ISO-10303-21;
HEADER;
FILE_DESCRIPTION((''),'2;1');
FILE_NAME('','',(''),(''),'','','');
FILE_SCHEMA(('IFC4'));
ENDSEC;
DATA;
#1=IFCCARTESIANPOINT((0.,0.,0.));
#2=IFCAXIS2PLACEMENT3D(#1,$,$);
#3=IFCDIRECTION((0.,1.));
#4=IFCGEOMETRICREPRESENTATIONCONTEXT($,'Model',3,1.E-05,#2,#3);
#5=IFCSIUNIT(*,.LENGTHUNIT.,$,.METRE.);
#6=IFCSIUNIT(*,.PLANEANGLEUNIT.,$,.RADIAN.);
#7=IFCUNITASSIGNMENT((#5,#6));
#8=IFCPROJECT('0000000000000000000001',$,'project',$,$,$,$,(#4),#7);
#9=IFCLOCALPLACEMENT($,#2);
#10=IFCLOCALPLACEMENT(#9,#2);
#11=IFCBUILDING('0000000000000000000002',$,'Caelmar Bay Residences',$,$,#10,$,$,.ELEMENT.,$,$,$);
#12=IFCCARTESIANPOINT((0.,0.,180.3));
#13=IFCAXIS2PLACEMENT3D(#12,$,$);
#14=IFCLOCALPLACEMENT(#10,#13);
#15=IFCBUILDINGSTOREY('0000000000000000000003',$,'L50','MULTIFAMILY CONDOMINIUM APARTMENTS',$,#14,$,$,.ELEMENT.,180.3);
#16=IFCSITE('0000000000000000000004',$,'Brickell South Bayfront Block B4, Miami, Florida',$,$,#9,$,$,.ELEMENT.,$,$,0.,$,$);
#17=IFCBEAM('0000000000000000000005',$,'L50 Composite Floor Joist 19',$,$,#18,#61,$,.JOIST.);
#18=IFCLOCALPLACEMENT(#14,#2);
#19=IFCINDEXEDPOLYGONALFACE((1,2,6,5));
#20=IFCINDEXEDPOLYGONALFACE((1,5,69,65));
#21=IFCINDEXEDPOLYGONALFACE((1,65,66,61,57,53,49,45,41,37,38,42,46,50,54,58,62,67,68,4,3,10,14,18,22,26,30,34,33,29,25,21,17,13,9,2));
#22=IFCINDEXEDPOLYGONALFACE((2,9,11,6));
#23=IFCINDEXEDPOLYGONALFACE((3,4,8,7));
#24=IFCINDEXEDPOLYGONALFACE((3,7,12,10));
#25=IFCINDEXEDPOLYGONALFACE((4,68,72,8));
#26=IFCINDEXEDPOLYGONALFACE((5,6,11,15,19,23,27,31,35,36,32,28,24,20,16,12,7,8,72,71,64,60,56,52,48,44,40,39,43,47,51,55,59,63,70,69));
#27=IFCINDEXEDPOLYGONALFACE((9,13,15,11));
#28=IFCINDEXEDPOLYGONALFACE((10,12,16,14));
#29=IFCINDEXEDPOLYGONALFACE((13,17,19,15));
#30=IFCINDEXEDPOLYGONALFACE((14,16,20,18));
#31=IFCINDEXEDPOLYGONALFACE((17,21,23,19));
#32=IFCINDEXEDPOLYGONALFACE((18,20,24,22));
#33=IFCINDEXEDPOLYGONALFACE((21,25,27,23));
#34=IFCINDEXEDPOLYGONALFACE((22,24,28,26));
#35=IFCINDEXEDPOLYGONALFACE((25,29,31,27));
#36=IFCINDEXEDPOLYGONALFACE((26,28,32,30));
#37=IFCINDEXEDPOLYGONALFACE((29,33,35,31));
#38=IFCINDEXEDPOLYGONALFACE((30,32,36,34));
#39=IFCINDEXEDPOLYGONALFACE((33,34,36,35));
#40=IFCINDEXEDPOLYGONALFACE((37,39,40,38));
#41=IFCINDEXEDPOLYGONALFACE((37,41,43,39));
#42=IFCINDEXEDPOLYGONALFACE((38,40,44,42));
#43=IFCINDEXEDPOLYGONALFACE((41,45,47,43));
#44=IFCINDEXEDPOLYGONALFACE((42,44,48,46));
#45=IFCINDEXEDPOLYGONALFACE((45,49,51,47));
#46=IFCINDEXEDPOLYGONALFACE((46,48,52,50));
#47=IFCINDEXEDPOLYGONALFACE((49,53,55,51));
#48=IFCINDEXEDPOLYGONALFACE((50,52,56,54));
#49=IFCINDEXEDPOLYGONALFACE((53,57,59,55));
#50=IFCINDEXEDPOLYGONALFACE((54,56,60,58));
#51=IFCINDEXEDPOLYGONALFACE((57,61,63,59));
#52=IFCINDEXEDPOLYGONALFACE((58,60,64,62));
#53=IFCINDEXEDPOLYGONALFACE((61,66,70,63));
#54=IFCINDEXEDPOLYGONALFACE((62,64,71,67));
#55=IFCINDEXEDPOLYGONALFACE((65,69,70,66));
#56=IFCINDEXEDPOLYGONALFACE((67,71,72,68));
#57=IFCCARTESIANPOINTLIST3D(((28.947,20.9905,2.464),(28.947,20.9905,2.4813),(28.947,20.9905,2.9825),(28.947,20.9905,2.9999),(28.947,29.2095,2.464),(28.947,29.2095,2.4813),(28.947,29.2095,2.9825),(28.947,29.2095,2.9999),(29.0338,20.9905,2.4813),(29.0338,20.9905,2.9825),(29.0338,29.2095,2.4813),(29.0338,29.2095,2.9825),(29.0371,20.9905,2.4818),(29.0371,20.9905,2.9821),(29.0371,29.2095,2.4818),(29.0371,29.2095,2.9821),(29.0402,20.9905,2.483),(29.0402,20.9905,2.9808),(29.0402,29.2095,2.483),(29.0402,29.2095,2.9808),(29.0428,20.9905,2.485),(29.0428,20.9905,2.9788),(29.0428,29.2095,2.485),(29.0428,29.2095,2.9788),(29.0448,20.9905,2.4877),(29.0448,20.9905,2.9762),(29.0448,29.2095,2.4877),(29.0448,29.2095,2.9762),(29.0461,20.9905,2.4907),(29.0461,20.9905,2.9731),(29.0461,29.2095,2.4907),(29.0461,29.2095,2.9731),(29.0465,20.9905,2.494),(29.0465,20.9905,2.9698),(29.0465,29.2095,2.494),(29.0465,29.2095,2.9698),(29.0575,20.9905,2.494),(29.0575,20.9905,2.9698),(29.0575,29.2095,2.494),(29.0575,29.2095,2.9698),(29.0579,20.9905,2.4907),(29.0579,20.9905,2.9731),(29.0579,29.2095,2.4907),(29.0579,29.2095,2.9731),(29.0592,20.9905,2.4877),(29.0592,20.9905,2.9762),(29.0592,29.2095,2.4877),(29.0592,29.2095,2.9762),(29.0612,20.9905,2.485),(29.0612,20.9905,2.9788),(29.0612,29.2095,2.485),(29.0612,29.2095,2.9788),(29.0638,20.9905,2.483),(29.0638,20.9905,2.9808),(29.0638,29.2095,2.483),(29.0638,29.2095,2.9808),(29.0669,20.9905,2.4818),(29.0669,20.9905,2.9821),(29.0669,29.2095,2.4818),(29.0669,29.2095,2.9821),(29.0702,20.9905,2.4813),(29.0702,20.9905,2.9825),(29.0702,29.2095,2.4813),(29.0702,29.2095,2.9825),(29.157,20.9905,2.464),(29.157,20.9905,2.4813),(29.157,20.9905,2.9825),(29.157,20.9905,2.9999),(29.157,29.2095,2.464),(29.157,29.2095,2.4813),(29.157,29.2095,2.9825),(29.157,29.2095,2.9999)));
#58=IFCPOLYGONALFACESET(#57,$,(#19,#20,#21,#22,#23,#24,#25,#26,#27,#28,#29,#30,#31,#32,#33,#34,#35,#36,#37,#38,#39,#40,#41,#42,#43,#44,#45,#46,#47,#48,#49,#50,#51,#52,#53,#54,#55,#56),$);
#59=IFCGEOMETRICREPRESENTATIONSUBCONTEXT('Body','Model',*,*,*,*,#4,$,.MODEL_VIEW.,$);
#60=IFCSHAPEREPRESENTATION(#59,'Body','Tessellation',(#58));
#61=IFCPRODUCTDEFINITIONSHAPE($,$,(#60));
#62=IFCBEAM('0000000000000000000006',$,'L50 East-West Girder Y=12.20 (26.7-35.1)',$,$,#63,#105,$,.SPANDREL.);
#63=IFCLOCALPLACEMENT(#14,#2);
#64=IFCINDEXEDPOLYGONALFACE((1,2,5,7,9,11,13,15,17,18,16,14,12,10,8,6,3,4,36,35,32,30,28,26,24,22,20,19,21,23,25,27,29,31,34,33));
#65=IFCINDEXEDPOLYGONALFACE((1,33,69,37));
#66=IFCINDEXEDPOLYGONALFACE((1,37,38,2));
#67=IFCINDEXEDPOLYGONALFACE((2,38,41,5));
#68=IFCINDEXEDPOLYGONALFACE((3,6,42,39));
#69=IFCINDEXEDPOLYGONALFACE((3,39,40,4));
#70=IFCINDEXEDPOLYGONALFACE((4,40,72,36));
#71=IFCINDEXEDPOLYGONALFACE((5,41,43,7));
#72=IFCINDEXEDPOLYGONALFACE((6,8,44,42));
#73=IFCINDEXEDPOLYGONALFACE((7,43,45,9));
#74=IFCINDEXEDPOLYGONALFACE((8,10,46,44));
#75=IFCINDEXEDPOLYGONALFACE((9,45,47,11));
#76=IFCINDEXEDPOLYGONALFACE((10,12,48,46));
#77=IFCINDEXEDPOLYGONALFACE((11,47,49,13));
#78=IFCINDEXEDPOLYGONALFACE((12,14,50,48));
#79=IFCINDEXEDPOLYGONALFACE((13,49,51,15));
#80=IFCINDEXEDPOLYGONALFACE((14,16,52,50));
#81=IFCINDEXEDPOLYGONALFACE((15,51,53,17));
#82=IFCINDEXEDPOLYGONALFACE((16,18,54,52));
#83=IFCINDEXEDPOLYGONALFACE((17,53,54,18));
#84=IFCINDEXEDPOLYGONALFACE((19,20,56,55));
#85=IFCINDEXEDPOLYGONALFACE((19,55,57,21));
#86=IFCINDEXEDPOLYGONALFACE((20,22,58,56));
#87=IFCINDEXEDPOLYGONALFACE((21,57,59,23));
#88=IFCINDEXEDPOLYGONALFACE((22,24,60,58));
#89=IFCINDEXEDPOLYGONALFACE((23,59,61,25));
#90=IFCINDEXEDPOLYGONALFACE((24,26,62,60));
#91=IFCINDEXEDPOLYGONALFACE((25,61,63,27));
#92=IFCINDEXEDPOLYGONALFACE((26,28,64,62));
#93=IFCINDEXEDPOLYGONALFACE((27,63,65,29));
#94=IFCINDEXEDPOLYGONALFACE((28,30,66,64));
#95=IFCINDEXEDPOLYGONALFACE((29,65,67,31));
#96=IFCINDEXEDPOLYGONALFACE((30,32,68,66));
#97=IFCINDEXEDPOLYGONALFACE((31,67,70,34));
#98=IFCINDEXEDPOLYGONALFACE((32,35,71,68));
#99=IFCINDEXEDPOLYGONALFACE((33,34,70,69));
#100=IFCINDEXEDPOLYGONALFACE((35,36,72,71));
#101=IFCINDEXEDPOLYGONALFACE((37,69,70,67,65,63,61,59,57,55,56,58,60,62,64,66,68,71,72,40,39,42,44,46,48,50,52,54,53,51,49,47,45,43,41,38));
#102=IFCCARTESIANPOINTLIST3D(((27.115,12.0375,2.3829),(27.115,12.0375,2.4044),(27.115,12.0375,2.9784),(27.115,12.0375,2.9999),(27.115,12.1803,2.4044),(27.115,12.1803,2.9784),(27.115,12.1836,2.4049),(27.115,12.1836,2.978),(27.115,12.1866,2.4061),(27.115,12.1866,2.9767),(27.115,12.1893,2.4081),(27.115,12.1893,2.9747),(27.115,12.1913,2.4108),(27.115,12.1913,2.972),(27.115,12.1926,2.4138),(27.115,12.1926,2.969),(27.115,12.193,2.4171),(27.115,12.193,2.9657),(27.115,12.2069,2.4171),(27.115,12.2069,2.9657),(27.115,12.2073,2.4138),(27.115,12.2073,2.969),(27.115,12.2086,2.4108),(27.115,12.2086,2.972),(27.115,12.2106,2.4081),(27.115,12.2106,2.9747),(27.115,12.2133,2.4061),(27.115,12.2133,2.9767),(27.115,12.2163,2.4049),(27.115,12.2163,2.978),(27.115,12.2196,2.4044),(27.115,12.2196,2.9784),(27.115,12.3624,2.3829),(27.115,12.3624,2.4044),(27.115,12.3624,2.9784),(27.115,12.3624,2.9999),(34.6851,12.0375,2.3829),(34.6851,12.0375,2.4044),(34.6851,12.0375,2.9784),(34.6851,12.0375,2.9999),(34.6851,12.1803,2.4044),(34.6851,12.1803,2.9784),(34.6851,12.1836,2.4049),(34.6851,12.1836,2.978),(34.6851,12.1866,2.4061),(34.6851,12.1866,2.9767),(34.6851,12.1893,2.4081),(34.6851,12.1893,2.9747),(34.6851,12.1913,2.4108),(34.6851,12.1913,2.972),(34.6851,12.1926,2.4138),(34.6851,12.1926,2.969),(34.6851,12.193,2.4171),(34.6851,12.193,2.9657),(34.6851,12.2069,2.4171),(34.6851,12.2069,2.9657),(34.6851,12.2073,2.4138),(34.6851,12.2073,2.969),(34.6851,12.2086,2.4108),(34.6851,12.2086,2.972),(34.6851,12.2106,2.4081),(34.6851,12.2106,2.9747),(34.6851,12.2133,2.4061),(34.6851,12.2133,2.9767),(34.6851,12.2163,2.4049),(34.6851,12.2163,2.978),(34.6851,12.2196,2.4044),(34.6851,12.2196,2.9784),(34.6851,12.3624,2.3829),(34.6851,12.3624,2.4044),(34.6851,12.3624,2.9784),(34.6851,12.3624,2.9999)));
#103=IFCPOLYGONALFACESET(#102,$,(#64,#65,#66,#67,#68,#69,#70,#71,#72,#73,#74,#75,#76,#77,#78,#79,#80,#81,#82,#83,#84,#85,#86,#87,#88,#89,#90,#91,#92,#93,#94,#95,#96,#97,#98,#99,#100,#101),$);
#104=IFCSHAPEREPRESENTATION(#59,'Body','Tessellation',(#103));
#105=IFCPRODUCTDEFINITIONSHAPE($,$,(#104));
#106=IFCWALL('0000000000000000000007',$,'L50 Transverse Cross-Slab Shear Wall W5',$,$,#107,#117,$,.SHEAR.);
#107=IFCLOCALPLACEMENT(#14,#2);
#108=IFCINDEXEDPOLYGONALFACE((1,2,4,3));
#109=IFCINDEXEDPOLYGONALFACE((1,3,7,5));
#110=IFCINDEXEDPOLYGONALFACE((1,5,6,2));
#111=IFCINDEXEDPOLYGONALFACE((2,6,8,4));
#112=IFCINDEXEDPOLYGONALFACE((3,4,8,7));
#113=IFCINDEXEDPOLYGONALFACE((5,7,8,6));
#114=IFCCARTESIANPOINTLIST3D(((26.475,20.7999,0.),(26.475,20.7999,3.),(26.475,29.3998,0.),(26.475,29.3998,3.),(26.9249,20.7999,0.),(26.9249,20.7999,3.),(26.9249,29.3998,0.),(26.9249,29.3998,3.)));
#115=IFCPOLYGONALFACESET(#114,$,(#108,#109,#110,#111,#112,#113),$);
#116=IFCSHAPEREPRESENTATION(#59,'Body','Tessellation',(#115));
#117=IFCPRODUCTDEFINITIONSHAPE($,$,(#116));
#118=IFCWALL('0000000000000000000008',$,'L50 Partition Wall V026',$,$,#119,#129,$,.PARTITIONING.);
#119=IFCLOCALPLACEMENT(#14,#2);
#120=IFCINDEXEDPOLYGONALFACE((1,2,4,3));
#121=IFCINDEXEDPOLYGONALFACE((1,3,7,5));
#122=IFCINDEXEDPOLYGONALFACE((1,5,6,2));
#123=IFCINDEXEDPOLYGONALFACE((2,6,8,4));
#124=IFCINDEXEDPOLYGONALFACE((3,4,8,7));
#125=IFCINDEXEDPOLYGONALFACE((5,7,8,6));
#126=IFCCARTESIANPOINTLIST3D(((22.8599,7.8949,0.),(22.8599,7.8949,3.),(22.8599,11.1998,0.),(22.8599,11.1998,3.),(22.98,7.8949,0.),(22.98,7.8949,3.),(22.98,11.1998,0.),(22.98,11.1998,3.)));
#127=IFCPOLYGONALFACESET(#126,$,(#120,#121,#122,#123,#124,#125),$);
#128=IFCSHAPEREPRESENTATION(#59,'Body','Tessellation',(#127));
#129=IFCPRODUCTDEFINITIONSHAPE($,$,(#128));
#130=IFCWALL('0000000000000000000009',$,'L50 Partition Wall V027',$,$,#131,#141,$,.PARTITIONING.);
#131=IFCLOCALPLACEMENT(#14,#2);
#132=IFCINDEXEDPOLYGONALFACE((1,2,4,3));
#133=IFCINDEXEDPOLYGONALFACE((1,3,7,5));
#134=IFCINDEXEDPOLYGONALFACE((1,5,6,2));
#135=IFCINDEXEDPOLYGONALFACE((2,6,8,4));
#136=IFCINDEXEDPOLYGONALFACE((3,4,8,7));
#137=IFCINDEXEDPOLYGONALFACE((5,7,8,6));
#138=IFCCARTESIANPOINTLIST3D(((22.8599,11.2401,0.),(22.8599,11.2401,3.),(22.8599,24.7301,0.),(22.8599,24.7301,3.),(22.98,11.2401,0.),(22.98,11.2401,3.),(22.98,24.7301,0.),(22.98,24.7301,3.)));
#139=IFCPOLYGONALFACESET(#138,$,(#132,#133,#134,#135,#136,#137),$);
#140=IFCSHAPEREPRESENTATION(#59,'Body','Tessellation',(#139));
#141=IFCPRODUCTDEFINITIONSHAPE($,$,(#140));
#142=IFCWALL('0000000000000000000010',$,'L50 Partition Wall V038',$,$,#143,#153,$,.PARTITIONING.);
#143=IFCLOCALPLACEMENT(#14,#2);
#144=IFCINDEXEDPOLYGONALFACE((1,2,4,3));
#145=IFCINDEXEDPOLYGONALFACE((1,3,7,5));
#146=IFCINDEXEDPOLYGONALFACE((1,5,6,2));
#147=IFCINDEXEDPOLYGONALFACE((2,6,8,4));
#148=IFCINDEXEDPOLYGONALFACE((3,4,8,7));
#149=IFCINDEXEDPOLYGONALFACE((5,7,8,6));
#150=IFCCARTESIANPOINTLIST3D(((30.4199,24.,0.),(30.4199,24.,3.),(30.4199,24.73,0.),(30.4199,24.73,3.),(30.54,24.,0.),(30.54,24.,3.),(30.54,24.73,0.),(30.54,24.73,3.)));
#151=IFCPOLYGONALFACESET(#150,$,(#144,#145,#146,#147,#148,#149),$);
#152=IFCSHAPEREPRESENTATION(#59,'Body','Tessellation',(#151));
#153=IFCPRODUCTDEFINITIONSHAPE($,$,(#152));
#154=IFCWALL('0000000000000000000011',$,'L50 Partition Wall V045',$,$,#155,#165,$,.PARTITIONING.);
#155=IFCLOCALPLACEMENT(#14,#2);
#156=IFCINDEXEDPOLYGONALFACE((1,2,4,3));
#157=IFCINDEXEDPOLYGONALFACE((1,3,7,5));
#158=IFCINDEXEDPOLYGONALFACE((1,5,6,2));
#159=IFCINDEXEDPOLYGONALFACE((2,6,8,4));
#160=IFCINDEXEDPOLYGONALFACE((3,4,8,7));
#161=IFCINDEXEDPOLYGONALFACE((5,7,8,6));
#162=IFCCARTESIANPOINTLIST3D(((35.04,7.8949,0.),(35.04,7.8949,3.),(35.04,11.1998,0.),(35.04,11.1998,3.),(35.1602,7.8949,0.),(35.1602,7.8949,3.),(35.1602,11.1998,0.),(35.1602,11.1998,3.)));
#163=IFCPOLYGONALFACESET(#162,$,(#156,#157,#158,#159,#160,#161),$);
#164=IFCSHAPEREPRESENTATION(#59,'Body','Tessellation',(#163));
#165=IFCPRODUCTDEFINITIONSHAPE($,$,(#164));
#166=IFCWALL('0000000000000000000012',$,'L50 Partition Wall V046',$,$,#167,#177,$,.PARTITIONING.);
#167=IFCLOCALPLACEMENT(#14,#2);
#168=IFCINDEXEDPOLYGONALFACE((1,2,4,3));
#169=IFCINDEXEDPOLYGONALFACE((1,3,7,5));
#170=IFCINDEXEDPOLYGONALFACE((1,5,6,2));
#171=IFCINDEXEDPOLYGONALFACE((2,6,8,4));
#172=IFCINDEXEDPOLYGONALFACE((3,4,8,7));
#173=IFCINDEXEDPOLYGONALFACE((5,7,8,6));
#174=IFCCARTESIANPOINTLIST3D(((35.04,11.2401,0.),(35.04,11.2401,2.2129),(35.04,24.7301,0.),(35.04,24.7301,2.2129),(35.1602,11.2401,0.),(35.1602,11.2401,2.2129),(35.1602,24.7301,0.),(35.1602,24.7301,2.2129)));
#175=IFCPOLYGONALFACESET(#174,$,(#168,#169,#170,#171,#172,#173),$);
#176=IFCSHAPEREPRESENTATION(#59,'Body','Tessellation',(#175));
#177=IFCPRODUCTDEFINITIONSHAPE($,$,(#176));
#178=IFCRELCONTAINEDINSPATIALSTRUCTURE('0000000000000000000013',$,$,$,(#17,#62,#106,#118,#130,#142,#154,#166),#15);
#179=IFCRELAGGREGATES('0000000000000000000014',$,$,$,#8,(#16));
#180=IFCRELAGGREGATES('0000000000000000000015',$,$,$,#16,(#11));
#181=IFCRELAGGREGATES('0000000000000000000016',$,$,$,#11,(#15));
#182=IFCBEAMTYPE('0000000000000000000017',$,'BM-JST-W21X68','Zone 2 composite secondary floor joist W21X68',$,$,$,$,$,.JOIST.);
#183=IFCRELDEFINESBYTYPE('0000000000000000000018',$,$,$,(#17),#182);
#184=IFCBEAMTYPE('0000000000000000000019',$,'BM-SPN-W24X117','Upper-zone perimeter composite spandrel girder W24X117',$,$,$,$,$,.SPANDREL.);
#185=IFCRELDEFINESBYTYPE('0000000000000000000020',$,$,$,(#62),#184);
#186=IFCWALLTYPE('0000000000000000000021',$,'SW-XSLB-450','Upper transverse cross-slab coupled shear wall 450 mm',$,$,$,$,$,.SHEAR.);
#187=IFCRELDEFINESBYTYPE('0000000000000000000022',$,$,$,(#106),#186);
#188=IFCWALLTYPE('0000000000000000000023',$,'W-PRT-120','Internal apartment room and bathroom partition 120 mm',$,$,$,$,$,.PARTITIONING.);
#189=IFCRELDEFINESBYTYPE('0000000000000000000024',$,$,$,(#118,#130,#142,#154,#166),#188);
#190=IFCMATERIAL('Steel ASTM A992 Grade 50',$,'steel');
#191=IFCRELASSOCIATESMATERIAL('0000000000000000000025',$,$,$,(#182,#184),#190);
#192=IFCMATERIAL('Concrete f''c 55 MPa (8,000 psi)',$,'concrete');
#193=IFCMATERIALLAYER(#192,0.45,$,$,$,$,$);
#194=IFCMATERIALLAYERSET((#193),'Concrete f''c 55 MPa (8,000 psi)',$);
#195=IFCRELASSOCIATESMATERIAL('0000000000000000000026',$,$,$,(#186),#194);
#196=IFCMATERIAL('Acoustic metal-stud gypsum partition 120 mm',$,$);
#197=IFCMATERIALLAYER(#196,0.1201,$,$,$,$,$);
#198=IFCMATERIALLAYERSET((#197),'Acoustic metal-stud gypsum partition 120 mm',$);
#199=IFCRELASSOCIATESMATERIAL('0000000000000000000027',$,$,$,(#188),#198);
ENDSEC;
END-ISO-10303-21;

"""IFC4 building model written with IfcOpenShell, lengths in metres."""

from ifc_helpers import new_model, si_unit, direction, frame, frame_2d, origin, origin_2d, place, context, subcontext, project, spatial, rectangle, i_section, extrude, material, layer, layer_set, material_profile, profile_set, type_object, element, save


model = new_model("IFC4")

# Units and contexts
model_context = context("Model", 3, precision=1e-05, world=origin(), true_north=direction((0.0, 1.0)))
body_context = subcontext(model_context, "Body", "Model", "MODEL_VIEW")
ifc_project = project(units=[si_unit("LENGTHUNIT", "METRE"), si_unit("PLANEANGLEUNIT", "RADIAN")], contexts=[model_context])

# Site, building, storey
site_placement = place(None, origin())
site = spatial("IfcSite", under=ifc_project, at=site_placement, Name="Brickell South Bayfront Block B4, Miami, Florida", CompositionType="ELEMENT", RefElevation=0.0)
building_placement = place(site_placement, origin())
building = spatial("IfcBuilding", under=site, at=building_placement, Name="Caelmar Bay Residences", CompositionType="ELEMENT")
storey_placement = place(building_placement, frame((0.0, 0.0, 180.3)))
storey = spatial("IfcBuildingStorey", under=building, at=storey_placement, Name="L50", Description="MULTIFAMILY CONDOMINIUM APARTMENTS", CompositionType="ELEMENT", Elevation=180.3)

# Shared definitions
ifc_material_1 = material(Name="Concrete f'c 55 MPa (8,000 psi)", Category="concrete")

# Beams
ifc_material_2 = material(Name="Steel ASTM A992 Grade 50", Category="steel")
ifc_material_profile_1 = material_profile(ifc_material_2, i_section(OverallWidth=0.21, OverallDepth=0.5359, WebThickness=0.011, FlangeThickness=0.0173, FilletRadius=0.0127, at=origin_2d()), Name="W21X68")
ifc_profile_set_1 = profile_set([ifc_material_profile_1], Name="Steel ASTM A992 Grade 50")
beam_type_1 = type_object("IfcBeamType", Name="BM-JST-W21X68", Description="Zone 2 composite secondary floor joist W21X68", PredefinedType="JOIST", material=ifc_profile_set_1)
for number, where, z_axis, x_axis, name in (
    (1, (29.052, 20.9905, 2.7319), (0.0, 1.0, 0.0), (-1.0, 0.0, 0.0), "L50 Composite Floor Joist 19"),
):
    element("IfcBeam", number, at=place(storey_placement, frame(where, z_axis=z_axis, x_axis=x_axis)), inside=storey, type_object=beam_type_1, Name=name, PredefinedType="JOIST", context=body_context, shape_type="SweptSolid", body=[
        extrude(i_section(OverallWidth=0.21, OverallDepth=0.5359, WebThickness=0.011, FlangeThickness=0.0173, FilletRadius=0.0127, at=origin_2d()), origin(), (0.0, 0.0, 1.0), 8.219),
    ])
ifc_material_profile_2 = material_profile(ifc_material_2, i_section(OverallWidth=0.325, OverallDepth=0.6169, WebThickness=0.0139, FlangeThickness=0.0215, FilletRadius=0.0127, at=origin_2d()), Name="W24X117")
ifc_profile_set_2 = profile_set([ifc_material_profile_2], Name="Steel ASTM A992 Grade 50")
beam_type_2 = type_object("IfcBeamType", Name="BM-SPN-W24X117", Description="Upper-zone perimeter composite spandrel girder W24X117", PredefinedType="SPANDREL", material=ifc_profile_set_2)
beam_1_placement = place(storey_placement, frame((27.115, 12.2, 2.6914), z_axis=(1.0, 0.0, 0.0), x_axis=(0.0, 1.0, 0.0)))
element("IfcBeam", 2, at=beam_1_placement, inside=storey, type_object=beam_type_2, Name="L50 East-West Girder Y=12.20 (26.7-35.1)", PredefinedType="SPANDREL", context=body_context, shape_type="SweptSolid", body=[
    extrude(i_section(OverallWidth=0.325, OverallDepth=0.6169, WebThickness=0.0139, FlangeThickness=0.0215, FilletRadius=0.0127, at=origin_2d()), origin(), (0.0, 0.0, 1.0), 7.5701),
])

# Walls
ifc_layer_1 = layer(ifc_material_1, 0.45)
ifc_layer_set_1 = layer_set([ifc_layer_1], Name="Concrete f'c 55 MPa (8,000 psi)")
wall_type_1 = type_object("IfcWallType", Name="SW-XSLB-450", Description="Upper transverse cross-slab coupled shear wall 450 mm", PredefinedType="SHEAR", material=ifc_layer_set_1)
wall_1_placement = place(storey_placement, frame((26.7, 20.8, 0.0), z_axis=(0.0, 0.0, 1.0), x_axis=(0.0, 1.0, 0.0)))
element("IfcWall", 3, at=wall_1_placement, inside=storey, type_object=wall_type_1, Name="L50 Transverse Cross-Slab Shear Wall W5", PredefinedType="SHEAR", context=body_context, shape_type="SweptSolid", body=[
    extrude(rectangle(XDim=8.5999, YDim=0.45, at=frame_2d((4.2998, 0.0))), origin(), (0.0, 0.0, 1.0), 3.0),
])
ifc_material_3 = material(Name="Acoustic metal-stud gypsum partition 120 mm")
ifc_layer_2 = layer(ifc_material_3, 0.1201)
ifc_layer_set_2 = layer_set([ifc_layer_2], Name="Acoustic metal-stud gypsum partition 120 mm")
wall_type_2 = type_object("IfcWallType", Name="W-PRT-120", Description="Internal apartment room and bathroom partition 120 mm", PredefinedType="PARTITIONING", material=ifc_layer_set_2)
wall_2_placement = place(storey_placement, frame((22.9199, 7.895, 0.0), z_axis=(0.0, 0.0, 1.0), x_axis=(0.0, 1.0, 0.0)))
element("IfcWall", 4, at=wall_2_placement, inside=storey, type_object=wall_type_2, Name="L50 Partition Wall V026", PredefinedType="PARTITIONING", context=body_context, shape_type="SweptSolid", body=[
    extrude(rectangle(XDim=3.3049, YDim=0.1201, at=frame_2d((1.6523, 0.0))), origin(), (0.0, 0.0, 1.0), 3.0),
])
wall_3_placement = place(storey_placement, frame((22.9199, 11.24, 0.0), z_axis=(0.0, 0.0, 1.0), x_axis=(0.0, 1.0, 0.0)))
element("IfcWall", 5, at=wall_3_placement, inside=storey, type_object=wall_type_2, Name="L50 Partition Wall V027", PredefinedType="PARTITIONING", context=body_context, shape_type="SweptSolid", body=[
    extrude(rectangle(XDim=13.49, YDim=0.1201, at=frame_2d((6.7451, 0.0))), origin(), (0.0, 0.0, 1.0), 3.0),
])
wall_4_placement = place(storey_placement, frame((30.48, 24.0, 0.0), z_axis=(0.0, 0.0, 1.0), x_axis=(0.0, 1.0, 0.0)))
element("IfcWall", 6, at=wall_4_placement, inside=storey, type_object=wall_type_2, Name="L50 Partition Wall V038", PredefinedType="PARTITIONING", context=body_context, shape_type="SweptSolid", body=[
    extrude(rectangle(XDim=0.73, YDim=0.1201, at=frame_2d((0.365, 0.0))), origin(), (0.0, 0.0, 1.0), 3.0),
])
wall_5_placement = place(storey_placement, frame((35.1001, 7.895, 0.0), z_axis=(0.0, 0.0, 1.0), x_axis=(0.0, 1.0, 0.0)))
element("IfcWall", 7, at=wall_5_placement, inside=storey, type_object=wall_type_2, Name="L50 Partition Wall V045", PredefinedType="PARTITIONING", context=body_context, shape_type="SweptSolid", body=[
    extrude(rectangle(XDim=3.3049, YDim=0.1201, at=frame_2d((1.6523, 0.0))), origin(), (0.0, 0.0, 1.0), 3.0),
])
wall_6_placement = place(storey_placement, frame((35.1001, 11.24, 0.0), z_axis=(0.0, 0.0, 1.0), x_axis=(0.0, 1.0, 0.0)))
element("IfcWall", 8, at=wall_6_placement, inside=storey, type_object=wall_type_2, Name="L50 Partition Wall V046", PredefinedType="PARTITIONING", context=body_context, shape_type="SweptSolid", body=[
    extrude(rectangle(XDim=13.49, YDim=0.1201, at=frame_2d((6.7451, 0.0))), origin(), (0.0, 0.0, 1.0), 2.2129),
])

save(model, "model.ifc")
